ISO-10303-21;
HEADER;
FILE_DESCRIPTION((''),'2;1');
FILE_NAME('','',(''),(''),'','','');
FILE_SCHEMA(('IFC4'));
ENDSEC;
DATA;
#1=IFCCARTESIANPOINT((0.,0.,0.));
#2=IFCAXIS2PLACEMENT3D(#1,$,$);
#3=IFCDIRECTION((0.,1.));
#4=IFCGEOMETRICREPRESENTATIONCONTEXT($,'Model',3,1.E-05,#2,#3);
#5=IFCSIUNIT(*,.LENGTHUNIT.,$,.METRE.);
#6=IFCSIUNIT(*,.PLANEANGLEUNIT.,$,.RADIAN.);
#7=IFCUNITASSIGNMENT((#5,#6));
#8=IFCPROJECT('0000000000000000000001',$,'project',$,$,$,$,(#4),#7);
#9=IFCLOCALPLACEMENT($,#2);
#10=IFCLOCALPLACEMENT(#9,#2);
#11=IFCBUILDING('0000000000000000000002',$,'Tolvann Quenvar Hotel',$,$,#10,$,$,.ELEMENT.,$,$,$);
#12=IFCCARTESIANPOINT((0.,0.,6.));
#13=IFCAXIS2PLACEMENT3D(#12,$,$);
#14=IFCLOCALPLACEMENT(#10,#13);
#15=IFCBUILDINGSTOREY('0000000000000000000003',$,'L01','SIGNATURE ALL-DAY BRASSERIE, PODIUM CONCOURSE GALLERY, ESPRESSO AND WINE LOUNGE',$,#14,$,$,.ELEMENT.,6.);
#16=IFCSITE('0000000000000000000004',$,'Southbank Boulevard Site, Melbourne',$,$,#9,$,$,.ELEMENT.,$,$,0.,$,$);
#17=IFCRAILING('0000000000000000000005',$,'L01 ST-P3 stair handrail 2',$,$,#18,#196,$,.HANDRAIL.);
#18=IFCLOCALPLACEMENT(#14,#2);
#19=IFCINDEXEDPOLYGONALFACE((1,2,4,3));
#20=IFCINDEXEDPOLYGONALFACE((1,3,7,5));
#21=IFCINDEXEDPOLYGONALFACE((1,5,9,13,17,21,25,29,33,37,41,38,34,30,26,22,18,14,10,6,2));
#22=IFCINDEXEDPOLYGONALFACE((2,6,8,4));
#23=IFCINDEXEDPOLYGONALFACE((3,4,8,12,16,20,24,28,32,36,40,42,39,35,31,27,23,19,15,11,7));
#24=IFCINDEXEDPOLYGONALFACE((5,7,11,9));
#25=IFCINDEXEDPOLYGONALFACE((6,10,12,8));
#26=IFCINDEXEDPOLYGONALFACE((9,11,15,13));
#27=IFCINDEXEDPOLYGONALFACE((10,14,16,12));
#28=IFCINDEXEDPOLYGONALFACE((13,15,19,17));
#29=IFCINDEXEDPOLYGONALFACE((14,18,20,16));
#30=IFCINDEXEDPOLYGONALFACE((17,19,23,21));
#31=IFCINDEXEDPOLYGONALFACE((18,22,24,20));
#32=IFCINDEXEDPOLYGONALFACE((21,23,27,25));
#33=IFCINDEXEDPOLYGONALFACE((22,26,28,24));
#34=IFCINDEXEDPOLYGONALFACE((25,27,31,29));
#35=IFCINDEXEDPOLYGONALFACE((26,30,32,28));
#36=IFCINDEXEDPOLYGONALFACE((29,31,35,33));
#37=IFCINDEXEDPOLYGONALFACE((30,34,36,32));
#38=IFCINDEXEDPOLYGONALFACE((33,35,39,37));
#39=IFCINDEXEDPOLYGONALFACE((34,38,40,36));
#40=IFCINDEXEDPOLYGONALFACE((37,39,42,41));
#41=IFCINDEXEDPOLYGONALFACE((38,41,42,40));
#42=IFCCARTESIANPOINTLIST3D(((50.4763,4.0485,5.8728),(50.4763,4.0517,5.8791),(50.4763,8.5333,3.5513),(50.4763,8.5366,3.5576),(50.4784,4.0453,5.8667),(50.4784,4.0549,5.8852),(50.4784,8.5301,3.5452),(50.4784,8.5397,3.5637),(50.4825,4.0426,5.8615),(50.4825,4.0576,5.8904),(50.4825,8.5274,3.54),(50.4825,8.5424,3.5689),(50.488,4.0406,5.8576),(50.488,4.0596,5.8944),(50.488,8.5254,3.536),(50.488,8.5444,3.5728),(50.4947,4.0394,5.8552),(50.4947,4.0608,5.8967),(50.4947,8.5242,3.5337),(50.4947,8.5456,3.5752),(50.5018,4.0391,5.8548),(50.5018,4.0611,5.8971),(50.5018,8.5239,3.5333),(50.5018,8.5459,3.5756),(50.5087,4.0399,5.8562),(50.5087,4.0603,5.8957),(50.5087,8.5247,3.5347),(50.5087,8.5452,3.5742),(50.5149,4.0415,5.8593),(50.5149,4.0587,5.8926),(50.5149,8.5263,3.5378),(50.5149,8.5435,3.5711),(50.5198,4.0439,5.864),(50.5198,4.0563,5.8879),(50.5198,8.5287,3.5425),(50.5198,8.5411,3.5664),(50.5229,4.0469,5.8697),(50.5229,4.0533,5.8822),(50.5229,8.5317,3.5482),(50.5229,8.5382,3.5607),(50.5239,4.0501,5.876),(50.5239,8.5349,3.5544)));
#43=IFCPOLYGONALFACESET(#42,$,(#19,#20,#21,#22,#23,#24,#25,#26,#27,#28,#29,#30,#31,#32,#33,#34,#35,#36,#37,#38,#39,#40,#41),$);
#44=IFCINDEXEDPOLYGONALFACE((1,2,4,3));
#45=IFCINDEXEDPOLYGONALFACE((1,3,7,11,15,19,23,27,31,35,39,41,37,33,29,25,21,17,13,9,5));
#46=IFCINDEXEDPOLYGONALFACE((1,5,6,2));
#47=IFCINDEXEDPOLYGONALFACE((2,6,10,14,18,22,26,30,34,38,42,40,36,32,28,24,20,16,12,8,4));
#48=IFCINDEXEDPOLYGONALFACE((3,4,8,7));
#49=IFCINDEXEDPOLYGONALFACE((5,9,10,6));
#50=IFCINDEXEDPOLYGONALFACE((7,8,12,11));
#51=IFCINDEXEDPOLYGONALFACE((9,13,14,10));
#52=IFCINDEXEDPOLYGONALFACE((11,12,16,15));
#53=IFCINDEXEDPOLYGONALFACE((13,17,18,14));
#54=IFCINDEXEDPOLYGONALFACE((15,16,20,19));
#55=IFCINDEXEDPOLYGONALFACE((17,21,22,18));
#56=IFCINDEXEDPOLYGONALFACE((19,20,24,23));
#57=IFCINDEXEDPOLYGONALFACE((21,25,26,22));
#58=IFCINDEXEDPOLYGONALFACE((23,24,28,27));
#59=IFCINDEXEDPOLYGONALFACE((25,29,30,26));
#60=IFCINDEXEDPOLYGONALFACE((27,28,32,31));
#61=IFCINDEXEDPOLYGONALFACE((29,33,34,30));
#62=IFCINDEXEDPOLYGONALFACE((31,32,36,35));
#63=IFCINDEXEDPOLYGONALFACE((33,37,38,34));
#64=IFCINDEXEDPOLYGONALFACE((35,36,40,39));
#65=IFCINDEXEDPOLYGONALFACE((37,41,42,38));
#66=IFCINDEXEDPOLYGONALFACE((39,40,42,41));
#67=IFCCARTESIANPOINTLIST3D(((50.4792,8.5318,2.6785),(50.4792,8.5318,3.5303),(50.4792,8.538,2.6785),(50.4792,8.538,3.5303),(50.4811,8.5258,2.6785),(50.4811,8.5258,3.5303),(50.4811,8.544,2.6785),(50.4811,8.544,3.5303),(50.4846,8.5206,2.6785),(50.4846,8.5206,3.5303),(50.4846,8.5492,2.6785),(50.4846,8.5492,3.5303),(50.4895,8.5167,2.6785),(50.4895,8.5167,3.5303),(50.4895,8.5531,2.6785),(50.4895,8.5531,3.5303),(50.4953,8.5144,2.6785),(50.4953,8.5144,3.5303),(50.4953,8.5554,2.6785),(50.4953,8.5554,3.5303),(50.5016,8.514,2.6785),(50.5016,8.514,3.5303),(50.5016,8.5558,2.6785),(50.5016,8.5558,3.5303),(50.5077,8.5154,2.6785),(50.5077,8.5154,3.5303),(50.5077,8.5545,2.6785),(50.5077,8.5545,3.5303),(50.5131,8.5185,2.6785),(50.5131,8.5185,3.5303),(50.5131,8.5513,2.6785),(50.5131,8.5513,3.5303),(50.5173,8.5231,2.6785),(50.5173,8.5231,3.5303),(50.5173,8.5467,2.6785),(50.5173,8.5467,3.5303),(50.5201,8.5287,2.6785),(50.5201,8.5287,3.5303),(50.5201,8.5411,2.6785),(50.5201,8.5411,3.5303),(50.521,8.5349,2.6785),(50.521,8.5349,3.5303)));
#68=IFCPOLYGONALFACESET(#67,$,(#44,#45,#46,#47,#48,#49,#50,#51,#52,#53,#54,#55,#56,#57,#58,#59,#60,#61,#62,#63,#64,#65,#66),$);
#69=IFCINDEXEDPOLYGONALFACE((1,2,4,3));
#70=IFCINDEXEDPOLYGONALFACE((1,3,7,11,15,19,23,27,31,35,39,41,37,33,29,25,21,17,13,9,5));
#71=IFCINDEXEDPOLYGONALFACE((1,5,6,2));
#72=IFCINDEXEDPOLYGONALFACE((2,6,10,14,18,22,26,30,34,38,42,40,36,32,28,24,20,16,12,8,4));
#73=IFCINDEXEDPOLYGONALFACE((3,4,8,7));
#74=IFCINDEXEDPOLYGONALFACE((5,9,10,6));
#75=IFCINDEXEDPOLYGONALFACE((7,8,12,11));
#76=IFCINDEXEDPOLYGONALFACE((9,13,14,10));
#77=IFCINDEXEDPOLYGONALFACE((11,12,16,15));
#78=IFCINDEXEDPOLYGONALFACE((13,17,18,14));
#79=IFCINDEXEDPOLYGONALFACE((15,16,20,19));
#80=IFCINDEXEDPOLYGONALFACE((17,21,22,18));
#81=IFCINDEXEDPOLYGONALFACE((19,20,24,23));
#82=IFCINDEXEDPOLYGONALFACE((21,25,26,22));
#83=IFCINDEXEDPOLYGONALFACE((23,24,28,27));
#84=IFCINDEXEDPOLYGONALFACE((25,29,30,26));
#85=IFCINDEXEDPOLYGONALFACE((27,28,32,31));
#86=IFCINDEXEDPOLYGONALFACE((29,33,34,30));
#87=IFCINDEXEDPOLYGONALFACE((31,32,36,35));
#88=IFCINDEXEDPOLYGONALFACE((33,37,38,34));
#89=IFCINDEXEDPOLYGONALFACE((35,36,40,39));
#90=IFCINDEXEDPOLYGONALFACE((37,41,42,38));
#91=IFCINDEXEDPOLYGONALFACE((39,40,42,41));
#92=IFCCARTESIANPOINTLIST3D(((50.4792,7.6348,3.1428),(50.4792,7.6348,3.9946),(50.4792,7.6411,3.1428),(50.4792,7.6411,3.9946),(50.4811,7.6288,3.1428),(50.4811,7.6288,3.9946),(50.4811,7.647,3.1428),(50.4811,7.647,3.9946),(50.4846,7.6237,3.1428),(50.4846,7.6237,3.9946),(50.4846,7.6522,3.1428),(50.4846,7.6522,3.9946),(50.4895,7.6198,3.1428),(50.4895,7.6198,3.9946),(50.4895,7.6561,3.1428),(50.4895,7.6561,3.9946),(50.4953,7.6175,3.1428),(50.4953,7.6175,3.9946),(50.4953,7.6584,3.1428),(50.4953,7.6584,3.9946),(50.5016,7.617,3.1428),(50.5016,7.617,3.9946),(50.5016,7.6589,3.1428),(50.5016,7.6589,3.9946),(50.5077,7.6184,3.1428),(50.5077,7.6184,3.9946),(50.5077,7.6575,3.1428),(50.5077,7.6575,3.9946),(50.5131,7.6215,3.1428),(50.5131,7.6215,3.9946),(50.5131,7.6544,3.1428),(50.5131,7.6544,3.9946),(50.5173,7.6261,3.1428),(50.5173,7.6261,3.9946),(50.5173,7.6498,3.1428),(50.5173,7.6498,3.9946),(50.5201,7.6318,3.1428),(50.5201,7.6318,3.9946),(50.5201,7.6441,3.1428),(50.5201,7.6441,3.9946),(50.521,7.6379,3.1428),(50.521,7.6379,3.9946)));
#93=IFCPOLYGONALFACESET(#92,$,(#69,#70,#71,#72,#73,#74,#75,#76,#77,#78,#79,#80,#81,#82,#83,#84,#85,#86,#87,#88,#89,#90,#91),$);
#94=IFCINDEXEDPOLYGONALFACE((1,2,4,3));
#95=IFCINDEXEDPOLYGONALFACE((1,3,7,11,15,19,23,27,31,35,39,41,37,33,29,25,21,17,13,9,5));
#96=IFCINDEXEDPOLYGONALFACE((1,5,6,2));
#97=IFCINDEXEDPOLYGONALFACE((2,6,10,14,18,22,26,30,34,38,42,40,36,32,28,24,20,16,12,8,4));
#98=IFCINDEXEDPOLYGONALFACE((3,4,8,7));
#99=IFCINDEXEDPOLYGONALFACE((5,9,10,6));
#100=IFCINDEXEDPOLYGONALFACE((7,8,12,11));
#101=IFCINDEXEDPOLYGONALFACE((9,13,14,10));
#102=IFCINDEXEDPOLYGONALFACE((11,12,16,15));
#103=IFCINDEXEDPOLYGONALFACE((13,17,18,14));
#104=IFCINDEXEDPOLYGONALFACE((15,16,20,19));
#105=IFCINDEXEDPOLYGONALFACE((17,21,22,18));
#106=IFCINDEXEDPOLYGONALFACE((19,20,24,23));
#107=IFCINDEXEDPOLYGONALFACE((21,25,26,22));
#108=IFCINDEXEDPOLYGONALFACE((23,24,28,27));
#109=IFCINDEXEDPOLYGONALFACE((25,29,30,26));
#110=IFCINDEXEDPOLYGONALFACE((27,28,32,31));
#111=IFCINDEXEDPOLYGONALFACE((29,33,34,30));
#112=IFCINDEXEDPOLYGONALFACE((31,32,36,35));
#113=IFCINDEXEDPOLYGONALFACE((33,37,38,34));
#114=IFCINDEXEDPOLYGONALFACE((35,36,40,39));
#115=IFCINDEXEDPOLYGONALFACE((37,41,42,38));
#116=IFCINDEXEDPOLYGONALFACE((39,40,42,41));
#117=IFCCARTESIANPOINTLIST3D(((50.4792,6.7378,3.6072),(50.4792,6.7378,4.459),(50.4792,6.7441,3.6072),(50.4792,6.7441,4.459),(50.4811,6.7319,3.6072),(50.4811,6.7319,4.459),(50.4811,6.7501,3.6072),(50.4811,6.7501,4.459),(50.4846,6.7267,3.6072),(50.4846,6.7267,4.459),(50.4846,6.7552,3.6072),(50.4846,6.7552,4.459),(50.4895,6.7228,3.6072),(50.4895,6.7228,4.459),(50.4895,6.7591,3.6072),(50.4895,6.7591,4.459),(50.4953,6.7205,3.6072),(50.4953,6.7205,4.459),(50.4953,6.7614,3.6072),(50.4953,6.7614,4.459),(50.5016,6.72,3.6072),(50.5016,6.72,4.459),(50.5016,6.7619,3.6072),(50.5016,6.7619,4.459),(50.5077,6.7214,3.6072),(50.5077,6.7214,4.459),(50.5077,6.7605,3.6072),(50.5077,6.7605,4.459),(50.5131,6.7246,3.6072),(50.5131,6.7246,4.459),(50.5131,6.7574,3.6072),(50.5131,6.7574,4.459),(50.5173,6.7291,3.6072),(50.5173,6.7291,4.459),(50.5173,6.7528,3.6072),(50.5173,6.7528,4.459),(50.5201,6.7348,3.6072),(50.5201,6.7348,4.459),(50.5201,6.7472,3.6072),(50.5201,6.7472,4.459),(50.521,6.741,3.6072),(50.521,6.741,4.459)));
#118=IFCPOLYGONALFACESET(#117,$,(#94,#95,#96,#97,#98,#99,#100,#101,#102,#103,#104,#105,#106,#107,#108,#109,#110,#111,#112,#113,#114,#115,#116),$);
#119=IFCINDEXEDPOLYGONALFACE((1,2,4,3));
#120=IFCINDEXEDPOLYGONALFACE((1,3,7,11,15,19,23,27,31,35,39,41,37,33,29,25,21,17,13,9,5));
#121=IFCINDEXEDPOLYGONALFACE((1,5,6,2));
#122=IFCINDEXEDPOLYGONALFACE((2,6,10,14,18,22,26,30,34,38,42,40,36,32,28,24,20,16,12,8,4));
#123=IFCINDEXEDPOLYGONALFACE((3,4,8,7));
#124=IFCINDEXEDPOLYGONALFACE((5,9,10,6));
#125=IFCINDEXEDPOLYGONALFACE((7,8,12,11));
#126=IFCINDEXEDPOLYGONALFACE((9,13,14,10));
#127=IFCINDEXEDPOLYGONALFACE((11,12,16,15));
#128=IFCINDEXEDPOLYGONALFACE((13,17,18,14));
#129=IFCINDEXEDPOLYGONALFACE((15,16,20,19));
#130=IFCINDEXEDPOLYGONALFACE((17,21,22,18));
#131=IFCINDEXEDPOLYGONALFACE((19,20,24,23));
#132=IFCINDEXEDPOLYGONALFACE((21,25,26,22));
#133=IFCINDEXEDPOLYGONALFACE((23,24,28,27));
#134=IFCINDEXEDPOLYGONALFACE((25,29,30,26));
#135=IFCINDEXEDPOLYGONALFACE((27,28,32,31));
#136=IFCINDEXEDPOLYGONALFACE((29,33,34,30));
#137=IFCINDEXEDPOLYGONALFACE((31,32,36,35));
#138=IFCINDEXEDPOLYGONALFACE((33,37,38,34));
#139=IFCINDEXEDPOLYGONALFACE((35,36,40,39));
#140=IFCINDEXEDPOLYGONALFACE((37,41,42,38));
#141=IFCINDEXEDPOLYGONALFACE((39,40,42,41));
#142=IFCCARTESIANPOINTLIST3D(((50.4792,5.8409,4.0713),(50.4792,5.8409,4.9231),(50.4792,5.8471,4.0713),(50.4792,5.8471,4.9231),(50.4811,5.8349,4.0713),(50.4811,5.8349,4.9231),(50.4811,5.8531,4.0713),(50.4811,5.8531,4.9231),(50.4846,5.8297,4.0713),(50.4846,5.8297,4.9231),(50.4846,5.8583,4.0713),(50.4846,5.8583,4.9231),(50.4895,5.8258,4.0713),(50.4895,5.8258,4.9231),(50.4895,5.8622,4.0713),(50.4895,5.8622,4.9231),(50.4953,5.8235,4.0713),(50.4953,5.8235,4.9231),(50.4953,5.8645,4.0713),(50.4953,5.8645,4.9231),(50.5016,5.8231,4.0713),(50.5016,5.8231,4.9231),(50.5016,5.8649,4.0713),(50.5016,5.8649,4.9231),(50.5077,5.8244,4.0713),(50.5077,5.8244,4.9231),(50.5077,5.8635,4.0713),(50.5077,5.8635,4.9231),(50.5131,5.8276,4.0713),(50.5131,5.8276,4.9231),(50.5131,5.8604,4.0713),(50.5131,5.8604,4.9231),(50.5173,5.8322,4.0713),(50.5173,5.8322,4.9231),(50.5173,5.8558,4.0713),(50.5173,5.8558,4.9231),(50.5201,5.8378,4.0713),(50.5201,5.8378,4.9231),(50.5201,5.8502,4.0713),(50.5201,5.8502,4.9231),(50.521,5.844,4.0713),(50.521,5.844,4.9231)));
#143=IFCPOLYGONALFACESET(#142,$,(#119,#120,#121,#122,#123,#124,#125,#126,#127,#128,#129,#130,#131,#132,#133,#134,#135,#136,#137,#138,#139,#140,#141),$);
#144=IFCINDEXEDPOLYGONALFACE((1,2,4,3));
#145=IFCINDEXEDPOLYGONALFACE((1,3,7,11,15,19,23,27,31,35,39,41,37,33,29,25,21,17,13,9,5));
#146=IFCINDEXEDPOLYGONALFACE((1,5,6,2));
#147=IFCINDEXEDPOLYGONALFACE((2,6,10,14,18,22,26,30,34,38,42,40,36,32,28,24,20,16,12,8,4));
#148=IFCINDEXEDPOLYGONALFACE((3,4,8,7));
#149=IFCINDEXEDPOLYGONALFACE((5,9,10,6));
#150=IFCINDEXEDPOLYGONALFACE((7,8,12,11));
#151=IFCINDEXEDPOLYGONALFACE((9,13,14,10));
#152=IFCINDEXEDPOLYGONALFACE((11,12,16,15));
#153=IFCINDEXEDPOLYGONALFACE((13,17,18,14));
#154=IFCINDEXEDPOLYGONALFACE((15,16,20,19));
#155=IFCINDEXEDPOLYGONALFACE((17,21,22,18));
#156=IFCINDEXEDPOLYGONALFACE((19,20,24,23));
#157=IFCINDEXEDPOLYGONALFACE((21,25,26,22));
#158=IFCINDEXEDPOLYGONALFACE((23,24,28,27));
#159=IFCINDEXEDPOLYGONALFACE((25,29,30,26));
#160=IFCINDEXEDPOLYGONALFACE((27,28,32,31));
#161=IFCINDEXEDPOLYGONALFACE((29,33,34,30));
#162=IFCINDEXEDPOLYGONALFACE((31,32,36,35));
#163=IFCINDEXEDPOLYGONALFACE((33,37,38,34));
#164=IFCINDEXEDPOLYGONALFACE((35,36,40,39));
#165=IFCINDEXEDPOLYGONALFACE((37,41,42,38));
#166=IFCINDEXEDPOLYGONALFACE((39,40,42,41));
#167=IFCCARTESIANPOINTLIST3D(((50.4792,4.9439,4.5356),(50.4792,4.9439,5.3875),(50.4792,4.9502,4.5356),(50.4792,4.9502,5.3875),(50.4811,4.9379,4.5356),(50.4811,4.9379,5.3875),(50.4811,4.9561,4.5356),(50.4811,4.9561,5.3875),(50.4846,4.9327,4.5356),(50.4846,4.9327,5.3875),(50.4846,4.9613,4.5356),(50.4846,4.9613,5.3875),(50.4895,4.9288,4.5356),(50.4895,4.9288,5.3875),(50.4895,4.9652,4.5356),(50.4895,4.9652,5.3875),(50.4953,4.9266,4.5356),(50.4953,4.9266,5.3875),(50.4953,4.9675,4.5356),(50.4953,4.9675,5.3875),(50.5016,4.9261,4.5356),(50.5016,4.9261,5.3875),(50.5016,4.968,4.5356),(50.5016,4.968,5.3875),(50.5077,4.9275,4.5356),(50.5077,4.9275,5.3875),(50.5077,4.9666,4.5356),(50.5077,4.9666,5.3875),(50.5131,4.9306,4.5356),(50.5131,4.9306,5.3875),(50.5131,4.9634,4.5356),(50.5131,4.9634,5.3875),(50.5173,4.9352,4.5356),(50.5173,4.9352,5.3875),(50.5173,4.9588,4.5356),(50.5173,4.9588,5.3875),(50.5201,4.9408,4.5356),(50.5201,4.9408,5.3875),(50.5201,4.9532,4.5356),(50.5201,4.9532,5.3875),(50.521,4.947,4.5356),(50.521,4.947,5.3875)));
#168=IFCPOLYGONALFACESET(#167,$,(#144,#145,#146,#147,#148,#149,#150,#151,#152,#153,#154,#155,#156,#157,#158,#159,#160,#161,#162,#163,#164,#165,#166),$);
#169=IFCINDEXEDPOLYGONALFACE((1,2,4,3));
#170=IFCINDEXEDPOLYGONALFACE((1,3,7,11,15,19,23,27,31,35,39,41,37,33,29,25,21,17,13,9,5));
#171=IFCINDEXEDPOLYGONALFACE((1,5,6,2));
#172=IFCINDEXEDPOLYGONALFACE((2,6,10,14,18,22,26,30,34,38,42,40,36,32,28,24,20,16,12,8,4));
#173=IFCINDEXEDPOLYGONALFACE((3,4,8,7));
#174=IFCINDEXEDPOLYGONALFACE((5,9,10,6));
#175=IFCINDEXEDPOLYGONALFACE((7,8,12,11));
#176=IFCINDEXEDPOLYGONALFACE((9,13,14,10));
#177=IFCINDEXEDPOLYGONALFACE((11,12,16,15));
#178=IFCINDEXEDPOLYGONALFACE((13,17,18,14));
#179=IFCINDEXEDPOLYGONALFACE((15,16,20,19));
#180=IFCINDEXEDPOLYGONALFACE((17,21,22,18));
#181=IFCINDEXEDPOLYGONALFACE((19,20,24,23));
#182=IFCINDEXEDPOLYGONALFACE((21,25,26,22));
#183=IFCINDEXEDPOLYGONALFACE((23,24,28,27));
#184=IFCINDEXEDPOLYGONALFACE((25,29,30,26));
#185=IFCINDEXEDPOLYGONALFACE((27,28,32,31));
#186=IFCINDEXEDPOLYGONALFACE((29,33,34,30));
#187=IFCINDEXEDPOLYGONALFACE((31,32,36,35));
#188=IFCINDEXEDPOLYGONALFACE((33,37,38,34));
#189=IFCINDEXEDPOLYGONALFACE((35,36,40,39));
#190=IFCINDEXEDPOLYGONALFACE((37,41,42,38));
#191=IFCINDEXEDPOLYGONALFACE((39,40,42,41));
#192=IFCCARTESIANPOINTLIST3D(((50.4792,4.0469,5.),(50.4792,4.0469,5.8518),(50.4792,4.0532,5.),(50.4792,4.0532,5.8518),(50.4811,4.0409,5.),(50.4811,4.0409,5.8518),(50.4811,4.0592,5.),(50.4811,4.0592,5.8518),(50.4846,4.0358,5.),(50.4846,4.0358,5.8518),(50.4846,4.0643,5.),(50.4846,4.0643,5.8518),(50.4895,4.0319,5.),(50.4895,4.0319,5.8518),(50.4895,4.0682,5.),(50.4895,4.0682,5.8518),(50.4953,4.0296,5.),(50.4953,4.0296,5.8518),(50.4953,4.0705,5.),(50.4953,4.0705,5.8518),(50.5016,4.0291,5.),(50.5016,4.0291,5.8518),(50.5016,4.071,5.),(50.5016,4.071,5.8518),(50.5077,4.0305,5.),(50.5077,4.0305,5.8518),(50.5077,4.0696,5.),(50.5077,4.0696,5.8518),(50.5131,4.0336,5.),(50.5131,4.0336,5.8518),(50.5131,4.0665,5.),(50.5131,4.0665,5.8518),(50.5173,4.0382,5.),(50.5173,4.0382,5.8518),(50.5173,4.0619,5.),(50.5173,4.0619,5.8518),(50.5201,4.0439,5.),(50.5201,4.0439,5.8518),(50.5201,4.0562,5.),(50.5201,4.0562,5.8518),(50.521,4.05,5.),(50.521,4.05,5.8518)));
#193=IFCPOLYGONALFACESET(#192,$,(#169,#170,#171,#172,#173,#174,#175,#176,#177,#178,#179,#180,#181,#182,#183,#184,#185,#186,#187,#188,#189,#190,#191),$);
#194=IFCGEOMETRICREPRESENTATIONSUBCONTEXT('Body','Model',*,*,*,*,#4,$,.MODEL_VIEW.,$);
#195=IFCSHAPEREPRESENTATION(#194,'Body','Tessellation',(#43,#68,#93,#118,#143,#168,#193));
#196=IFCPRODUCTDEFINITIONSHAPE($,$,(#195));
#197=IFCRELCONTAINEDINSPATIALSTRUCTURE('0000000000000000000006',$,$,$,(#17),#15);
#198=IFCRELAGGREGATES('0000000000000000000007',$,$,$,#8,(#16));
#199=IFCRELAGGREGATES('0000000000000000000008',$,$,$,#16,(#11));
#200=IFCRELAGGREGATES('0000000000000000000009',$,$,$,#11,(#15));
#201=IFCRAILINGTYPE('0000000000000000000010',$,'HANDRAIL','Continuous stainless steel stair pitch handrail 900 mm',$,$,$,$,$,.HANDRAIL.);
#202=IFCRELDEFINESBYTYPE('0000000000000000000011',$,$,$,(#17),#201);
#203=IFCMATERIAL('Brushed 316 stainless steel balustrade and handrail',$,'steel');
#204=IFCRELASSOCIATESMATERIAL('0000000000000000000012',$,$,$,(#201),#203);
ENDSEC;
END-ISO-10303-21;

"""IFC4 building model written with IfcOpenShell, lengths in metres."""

from ifc_helpers import new_model, si_unit, direction, frame, origin, origin_2d, place, context, subcontext, project, spatial, circle, extrude, material, type_object, element, save


model = new_model("IFC4")

# Units and contexts
model_context = context("Model", 3, precision=1e-05, world=origin(), true_north=direction((0.0, 1.0)))
body_context = subcontext(model_context, "Body", "Model", "MODEL_VIEW")
ifc_project = project(units=[si_unit("LENGTHUNIT", "METRE"), si_unit("PLANEANGLEUNIT", "RADIAN")], contexts=[model_context])

# Site, building, storey
site_placement = place(None, origin())
site = spatial("IfcSite", under=ifc_project, at=site_placement, Name="Southbank Boulevard Site, Melbourne", CompositionType="ELEMENT", RefElevation=0.0)
building_placement = place(site_placement, origin())
building = spatial("IfcBuilding", under=site, at=building_placement, Name="Tolvann Quenvar Hotel", CompositionType="ELEMENT")
storey_placement = place(building_placement, frame((0.0, 0.0, 6.0)))
storey = spatial("IfcBuildingStorey", under=building, at=storey_placement, Name="L01", Description="SIGNATURE ALL-DAY BRASSERIE, PODIUM CONCOURSE GALLERY, ESPRESSO AND WINE LOUNGE", CompositionType="ELEMENT", Elevation=6.0)

# Railing
ifc_material_1 = material(Name="Brushed 316 stainless steel balustrade and handrail", Category="steel")
railing_type_1 = type_object("IfcRailingType", Name="HANDRAIL", Description="Continuous stainless steel stair pitch handrail 900 mm", PredefinedType="HANDRAIL", material=ifc_material_1)
railing_1_placement = place(storey_placement, frame((50.5, 8.5349, 2.6785)))
element("IfcRailing", 1, at=railing_1_placement, inside=storey, type_object=railing_type_1, Name="L01 ST-P3 stair handrail 2", PredefinedType="HANDRAIL", context=body_context, shape_type="SweptSolid", body=[
    extrude(circle(Radius=0.0239, at=origin_2d()), frame((0.0, 0.0, 0.876), z_axis=(0.0, -0.888074, 0.4597), x_axis=(1.0, 0.0, 0.0)), (0.0, 0.0, 1.0), 5.05),
    extrude(circle(Radius=0.021, at=origin_2d()), origin(), (0.0, 0.0, 1.0), 0.8518),
    extrude(circle(Radius=0.021, at=origin_2d()), frame((0.0, -0.897, 0.4644)), (0.0, 0.0, 1.0), 0.8518),
    extrude(circle(Radius=0.021, at=origin_2d()), frame((0.0, -1.7939, 0.9287)), (0.0, 0.0, 1.0), 0.8518),
    extrude(circle(Radius=0.021, at=origin_2d()), frame((0.0, -2.6909, 1.3928)), (0.0, 0.0, 1.0), 0.8518),
    extrude(circle(Radius=0.021, at=origin_2d()), frame((0.0, -3.5879, 1.8572)), (0.0, 0.0, 1.0), 0.8518),
    extrude(circle(Radius=0.021, at=origin_2d()), frame((0.0, -4.4849, 2.3215)), (0.0, 0.0, 1.0), 0.8518),
])

save(model, "model.ifc")
